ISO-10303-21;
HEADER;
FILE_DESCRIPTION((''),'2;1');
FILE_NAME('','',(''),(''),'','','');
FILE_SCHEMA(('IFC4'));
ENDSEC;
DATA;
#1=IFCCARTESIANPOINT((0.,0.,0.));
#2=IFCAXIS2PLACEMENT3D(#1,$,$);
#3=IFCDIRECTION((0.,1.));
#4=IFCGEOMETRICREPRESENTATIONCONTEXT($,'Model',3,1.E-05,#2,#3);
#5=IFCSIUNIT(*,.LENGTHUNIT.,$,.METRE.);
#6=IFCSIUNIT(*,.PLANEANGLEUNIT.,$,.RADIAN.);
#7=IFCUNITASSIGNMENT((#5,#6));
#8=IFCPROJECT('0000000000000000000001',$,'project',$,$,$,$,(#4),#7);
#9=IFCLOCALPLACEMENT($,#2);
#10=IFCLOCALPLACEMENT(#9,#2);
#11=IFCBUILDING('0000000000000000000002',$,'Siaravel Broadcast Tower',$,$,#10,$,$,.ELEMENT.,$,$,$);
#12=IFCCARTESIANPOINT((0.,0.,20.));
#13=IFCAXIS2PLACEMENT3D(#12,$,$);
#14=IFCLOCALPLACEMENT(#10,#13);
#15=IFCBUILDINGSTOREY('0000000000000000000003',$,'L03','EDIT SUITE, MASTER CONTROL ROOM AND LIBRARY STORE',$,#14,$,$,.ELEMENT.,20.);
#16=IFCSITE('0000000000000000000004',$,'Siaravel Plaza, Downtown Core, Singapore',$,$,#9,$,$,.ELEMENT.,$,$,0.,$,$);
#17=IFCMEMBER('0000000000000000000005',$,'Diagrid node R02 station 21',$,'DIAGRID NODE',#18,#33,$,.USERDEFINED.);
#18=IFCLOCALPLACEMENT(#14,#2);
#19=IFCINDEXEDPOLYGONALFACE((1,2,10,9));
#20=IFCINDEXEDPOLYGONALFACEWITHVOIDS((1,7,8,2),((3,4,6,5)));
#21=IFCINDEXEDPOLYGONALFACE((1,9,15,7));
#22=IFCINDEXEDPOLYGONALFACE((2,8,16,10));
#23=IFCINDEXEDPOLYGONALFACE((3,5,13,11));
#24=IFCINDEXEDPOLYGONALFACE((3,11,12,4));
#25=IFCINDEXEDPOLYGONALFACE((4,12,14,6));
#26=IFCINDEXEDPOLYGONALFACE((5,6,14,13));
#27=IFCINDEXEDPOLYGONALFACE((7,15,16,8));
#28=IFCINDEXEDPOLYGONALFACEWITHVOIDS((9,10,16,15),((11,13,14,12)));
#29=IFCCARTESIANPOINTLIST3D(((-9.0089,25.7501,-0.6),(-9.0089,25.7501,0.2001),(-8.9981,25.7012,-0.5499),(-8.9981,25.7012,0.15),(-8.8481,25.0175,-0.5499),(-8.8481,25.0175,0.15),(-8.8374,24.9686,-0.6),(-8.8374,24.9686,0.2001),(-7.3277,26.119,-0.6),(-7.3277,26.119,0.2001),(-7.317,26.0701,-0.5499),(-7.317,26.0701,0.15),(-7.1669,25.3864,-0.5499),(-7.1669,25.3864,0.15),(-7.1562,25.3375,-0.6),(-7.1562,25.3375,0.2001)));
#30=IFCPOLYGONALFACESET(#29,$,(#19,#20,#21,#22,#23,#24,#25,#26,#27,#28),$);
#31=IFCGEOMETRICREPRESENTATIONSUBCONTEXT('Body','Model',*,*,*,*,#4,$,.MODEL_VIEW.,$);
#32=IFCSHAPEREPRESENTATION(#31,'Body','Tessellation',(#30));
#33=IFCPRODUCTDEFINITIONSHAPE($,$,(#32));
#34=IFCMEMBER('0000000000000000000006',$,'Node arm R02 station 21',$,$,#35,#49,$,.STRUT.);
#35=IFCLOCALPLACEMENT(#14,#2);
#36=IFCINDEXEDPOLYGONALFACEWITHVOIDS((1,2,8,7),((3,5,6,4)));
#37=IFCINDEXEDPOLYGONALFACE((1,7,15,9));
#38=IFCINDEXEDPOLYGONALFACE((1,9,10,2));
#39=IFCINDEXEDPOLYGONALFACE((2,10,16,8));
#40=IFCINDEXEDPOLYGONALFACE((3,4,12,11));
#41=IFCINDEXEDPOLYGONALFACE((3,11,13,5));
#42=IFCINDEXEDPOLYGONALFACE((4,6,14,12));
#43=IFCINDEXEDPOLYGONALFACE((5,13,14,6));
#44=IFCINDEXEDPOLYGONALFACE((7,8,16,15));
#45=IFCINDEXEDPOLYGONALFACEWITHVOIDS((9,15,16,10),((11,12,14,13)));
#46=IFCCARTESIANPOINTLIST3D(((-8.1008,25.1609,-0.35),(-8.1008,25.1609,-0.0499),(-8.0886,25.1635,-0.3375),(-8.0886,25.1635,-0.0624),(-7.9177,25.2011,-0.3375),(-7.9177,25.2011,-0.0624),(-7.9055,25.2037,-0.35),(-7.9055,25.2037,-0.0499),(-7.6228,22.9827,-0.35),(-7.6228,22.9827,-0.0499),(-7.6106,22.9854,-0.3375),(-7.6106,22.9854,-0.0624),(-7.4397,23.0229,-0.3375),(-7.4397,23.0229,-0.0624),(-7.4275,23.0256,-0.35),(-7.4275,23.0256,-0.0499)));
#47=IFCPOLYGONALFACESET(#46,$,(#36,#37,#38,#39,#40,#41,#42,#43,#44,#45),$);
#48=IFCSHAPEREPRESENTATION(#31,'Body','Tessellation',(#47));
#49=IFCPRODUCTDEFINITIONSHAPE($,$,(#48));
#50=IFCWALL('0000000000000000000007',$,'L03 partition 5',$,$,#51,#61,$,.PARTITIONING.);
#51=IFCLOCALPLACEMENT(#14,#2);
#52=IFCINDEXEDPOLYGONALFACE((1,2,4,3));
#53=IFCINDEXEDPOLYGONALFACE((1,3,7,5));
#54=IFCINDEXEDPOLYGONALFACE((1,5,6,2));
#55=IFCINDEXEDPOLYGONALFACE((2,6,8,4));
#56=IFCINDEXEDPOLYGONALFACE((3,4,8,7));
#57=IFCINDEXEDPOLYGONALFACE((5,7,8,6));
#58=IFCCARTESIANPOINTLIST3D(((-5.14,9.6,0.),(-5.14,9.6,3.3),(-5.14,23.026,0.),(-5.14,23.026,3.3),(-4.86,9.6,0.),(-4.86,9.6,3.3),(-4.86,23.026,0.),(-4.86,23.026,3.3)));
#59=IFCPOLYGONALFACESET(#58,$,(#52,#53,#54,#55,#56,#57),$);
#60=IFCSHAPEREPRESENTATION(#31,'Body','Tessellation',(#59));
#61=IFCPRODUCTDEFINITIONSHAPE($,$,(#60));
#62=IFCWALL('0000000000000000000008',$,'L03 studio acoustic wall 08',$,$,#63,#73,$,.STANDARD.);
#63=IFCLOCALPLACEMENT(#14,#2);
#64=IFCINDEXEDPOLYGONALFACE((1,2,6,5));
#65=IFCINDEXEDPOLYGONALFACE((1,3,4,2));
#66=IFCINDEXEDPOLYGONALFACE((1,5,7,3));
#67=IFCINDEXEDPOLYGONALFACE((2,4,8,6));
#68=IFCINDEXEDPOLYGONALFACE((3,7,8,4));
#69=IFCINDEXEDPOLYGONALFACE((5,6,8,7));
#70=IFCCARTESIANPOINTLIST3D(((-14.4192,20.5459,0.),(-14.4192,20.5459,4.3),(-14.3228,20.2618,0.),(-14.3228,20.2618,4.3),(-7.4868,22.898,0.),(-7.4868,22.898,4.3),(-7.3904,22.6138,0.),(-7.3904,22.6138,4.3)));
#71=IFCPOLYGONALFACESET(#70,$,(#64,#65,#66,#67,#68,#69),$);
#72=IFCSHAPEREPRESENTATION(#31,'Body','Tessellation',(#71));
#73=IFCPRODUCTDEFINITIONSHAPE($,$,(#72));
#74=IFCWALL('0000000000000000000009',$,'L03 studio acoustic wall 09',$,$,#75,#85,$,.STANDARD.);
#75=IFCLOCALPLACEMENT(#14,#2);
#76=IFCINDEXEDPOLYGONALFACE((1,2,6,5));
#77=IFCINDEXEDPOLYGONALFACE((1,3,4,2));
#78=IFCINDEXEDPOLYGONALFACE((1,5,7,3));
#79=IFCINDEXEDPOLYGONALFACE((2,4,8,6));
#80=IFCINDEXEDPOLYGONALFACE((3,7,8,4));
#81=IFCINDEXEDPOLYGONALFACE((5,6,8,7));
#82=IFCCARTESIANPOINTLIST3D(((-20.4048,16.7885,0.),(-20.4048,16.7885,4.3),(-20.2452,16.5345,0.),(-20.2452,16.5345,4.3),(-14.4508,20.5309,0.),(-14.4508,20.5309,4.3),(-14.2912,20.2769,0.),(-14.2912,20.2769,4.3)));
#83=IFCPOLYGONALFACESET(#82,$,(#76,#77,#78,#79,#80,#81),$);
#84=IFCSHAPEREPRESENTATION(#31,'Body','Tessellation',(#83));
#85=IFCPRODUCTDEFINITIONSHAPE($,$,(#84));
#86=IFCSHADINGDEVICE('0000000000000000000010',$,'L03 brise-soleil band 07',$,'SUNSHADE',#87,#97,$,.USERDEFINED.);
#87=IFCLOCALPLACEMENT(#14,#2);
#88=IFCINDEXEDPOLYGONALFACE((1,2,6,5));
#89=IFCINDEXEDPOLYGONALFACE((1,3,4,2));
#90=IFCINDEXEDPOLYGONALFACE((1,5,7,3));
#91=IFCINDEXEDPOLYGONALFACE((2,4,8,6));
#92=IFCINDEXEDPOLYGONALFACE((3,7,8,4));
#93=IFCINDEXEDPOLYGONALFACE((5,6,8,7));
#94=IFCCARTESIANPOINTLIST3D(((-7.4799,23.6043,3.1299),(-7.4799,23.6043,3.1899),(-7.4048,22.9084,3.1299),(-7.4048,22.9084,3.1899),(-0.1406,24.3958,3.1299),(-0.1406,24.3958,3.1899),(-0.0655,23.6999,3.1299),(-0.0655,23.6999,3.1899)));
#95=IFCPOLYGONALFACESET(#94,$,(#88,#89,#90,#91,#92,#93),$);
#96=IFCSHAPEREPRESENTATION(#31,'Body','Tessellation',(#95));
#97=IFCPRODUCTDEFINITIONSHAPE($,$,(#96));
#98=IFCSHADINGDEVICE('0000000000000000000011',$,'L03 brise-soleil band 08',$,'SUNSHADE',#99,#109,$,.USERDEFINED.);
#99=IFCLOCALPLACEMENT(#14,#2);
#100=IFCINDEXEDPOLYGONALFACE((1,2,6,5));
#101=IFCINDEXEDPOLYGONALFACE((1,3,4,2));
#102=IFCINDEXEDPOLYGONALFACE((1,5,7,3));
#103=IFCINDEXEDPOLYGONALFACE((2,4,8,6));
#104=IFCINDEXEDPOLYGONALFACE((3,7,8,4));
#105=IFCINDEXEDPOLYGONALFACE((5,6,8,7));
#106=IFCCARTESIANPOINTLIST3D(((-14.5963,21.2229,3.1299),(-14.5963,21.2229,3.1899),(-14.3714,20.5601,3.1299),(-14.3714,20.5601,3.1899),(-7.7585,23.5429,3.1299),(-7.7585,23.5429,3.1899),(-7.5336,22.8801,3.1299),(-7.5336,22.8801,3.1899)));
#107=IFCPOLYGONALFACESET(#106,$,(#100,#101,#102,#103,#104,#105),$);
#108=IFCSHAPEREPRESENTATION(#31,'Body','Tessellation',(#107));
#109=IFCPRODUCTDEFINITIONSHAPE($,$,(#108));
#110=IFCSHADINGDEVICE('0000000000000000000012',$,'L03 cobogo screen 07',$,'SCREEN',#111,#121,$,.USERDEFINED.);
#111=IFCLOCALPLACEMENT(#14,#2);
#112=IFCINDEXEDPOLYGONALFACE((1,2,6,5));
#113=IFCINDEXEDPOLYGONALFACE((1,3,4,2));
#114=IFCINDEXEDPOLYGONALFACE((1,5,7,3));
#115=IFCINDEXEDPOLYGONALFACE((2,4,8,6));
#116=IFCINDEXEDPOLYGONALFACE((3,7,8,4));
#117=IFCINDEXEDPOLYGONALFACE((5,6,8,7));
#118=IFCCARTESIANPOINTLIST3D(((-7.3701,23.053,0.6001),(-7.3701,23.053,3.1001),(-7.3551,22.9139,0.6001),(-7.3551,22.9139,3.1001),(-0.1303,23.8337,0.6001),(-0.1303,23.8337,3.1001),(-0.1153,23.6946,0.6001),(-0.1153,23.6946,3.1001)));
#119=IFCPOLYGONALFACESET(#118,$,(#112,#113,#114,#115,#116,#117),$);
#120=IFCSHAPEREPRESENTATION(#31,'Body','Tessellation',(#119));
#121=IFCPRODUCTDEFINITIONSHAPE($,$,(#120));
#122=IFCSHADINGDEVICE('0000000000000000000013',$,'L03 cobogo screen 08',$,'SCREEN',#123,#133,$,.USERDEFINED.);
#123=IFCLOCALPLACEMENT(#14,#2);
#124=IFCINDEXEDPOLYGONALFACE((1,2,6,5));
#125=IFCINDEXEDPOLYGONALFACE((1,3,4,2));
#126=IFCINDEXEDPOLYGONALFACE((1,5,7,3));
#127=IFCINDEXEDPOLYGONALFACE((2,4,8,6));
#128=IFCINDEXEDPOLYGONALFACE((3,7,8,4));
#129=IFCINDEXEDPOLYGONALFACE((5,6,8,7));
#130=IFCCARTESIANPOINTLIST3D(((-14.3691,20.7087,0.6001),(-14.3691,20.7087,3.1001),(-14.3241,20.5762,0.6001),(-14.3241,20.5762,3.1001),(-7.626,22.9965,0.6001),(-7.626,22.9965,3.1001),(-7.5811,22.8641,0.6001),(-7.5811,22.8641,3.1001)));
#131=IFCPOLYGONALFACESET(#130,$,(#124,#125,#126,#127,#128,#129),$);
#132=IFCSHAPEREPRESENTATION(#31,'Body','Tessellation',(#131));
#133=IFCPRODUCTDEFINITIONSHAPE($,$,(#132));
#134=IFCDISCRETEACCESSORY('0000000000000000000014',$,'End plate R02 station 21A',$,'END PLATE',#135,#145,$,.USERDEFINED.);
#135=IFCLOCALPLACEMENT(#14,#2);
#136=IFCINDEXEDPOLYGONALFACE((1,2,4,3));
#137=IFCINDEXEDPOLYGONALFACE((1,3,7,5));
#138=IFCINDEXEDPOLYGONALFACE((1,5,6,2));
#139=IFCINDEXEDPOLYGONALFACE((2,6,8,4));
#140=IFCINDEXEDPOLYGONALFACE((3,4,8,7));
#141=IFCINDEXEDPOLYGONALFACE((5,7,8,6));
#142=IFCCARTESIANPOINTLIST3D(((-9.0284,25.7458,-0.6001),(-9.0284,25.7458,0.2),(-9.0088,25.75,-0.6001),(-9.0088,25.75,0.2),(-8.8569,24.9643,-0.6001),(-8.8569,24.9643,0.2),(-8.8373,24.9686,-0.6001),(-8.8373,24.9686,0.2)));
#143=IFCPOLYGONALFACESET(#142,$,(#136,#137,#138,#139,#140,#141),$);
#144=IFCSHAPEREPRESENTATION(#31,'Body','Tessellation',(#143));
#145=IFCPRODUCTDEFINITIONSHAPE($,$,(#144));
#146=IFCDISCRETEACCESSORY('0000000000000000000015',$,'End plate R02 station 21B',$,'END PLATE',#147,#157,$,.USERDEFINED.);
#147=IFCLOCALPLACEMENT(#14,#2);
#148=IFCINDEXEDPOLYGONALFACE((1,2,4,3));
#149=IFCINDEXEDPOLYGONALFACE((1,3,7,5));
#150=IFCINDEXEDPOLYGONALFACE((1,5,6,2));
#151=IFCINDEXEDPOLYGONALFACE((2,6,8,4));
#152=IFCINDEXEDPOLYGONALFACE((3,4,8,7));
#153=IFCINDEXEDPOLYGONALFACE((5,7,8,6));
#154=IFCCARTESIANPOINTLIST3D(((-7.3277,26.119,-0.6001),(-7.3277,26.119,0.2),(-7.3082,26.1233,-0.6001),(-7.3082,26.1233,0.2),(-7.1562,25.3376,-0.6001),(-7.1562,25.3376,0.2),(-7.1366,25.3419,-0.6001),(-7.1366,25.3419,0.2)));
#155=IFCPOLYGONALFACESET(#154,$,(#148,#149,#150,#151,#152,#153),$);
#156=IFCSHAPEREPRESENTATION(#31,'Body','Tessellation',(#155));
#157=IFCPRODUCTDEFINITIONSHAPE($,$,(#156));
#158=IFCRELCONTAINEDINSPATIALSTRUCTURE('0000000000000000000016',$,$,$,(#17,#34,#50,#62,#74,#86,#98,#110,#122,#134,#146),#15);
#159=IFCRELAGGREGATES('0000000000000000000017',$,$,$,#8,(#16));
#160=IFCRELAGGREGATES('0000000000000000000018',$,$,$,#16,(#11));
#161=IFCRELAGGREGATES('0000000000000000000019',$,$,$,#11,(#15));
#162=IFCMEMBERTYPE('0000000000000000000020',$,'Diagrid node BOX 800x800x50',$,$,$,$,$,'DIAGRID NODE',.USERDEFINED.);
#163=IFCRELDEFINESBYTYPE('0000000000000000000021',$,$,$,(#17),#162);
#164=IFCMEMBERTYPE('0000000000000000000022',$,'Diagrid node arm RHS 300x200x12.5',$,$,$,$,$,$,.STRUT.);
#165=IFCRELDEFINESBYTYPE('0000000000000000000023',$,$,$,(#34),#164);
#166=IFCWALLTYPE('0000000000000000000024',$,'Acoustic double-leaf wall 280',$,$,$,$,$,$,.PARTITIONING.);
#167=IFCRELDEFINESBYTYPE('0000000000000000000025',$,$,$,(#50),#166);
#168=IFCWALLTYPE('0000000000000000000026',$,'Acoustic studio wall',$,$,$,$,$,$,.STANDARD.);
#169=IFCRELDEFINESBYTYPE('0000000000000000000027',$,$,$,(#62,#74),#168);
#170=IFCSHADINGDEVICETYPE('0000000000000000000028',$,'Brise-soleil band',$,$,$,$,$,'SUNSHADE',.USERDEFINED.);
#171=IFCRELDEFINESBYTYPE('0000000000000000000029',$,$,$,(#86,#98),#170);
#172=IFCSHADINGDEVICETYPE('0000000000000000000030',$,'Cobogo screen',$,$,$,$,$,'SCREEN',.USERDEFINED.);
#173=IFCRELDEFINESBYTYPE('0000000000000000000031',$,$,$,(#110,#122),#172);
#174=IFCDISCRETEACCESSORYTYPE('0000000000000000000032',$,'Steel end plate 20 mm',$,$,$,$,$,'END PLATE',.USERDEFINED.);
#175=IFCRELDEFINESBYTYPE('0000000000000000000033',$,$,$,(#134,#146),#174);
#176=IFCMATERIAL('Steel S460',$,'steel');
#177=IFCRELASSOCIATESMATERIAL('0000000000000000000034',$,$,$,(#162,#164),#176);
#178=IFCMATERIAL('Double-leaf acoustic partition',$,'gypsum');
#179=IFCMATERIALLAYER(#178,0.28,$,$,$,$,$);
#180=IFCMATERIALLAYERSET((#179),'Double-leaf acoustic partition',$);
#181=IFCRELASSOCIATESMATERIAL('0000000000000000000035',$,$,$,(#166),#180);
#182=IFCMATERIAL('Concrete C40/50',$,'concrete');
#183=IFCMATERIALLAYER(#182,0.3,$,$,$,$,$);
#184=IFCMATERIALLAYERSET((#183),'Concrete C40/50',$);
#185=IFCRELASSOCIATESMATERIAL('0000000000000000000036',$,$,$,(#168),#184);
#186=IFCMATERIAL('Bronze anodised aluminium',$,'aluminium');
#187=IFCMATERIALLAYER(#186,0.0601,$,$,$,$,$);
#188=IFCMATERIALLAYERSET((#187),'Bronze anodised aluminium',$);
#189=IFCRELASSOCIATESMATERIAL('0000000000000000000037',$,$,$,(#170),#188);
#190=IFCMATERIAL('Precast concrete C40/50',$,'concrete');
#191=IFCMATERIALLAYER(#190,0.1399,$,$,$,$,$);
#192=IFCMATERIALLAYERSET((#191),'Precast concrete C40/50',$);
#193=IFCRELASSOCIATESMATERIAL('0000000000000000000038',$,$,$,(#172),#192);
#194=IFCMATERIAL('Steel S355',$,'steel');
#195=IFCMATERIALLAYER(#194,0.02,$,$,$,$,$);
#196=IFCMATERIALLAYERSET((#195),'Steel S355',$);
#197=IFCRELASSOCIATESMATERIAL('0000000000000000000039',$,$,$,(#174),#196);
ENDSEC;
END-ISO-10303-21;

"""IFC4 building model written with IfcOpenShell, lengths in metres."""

from ifc_helpers import new_model, si_unit, direction, frame, frame_2d, origin, origin_2d, place, context, subcontext, project, spatial, rectangle, hollow_rectangle, extrude, material, layer, layer_set, material_profile, profile_set, type_object, element, save


model = new_model("IFC4")

# Units and contexts
model_context = context("Model", 3, precision=1e-05, world=origin(), true_north=direction((0.0, 1.0)))
body_context = subcontext(model_context, "Body", "Model", "MODEL_VIEW")
ifc_project = project(units=[si_unit("LENGTHUNIT", "METRE"), si_unit("PLANEANGLEUNIT", "RADIAN")], contexts=[model_context])

# Site, building, storey
site_placement = place(None, origin())
site = spatial("IfcSite", under=ifc_project, at=site_placement, Name="Siaravel Plaza, Downtown Core, Singapore", CompositionType="ELEMENT", RefElevation=0.0)
building_placement = place(site_placement, origin())
building = spatial("IfcBuilding", under=site, at=building_placement, Name="Siaravel Broadcast Tower", CompositionType="ELEMENT")
storey_placement = place(building_placement, frame((0.0, 0.0, 20.0)))
storey = spatial("IfcBuildingStorey", under=building, at=storey_placement, Name="L03", Description="EDIT SUITE, MASTER CONTROL ROOM AND LIBRARY STORE", CompositionType="ELEMENT", Elevation=20.0)

# Shared definitions
ifc_material_1 = material(Name="Steel S355", Category="steel")

# Members
ifc_material_2 = material(Name="Steel S460", Category="steel")
ifc_material_profile_1 = material_profile(ifc_material_2, hollow_rectangle(XDim=0.8, YDim=0.8, WallThickness=0.05, at=origin_2d()))
ifc_profile_set_1 = profile_set([ifc_material_profile_1], Name="Steel S460")
member_type_1 = type_object("IfcMemberType", Name="Diagrid node BOX 800x800x50", ElementType="DIAGRID NODE", PredefinedType="USERDEFINED", material=ifc_profile_set_1)
member_1_placement = place(storey_placement, frame((-7.2419, 25.7283, -0.2), z_axis=(-0.976761, -0.214331, 0.0), x_axis=(0.214331, -0.976761, 0.0)))
element("IfcMember", 1, at=member_1_placement, inside=storey, type_object=member_type_1, Name="Diagrid node R02 station 21", ObjectType="DIAGRID NODE", PredefinedType="USERDEFINED", context=body_context, shape_type="SweptSolid", body=[
    extrude(hollow_rectangle(XDim=0.8, YDim=0.8, WallThickness=0.05, at=origin_2d()), origin(), (0.0, 0.0, 1.0), 1.7212),
])
ifc_material_profile_2 = material_profile(ifc_material_2, hollow_rectangle(XDim=0.2, YDim=0.3, WallThickness=0.0125, at=origin_2d()))
ifc_profile_set_2 = profile_set([ifc_material_profile_2], Name="Steel S460")
member_type_2 = type_object("IfcMemberType", Name="Diagrid node arm RHS 300x200x12.5", PredefinedType="STRUT", material=ifc_profile_set_2)
member_2_placement = place(storey_placement, frame((-7.5251, 23.0042, -0.2), z_axis=(-0.214356, 0.976756, 0.0), x_axis=(-0.976756, -0.214356, 0.0)))
element("IfcMember", 2, at=member_2_placement, inside=storey, type_object=member_type_2, Name="Node arm R02 station 21", PredefinedType="STRUT", context=body_context, shape_type="SweptSolid", body=[
    extrude(hollow_rectangle(XDim=0.2, YDim=0.3, WallThickness=0.0125, at=origin_2d()), origin(), (0.0, 0.0, 1.0), 2.23),
])

# Walls
ifc_material_3 = material(Name="Double-leaf acoustic partition", Category="gypsum")
ifc_layer_1 = layer(ifc_material_3, 0.28)
ifc_layer_set_1 = layer_set([ifc_layer_1], Name="Double-leaf acoustic partition")
wall_type_1 = type_object("IfcWallType", Name="Acoustic double-leaf wall 280", PredefinedType="PARTITIONING", material=ifc_layer_set_1)
wall_1_placement = place(storey_placement, frame((-5.0, 9.6001, 0.0), z_axis=(0.0, 0.0, 1.0), x_axis=(0.0, 1.0, 0.0)))
element("IfcWall", 3, at=wall_1_placement, inside=storey, type_object=wall_type_1, Name="L03 partition 5", PredefinedType="PARTITIONING", context=body_context, shape_type="SweptSolid", body=[
    extrude(rectangle(XDim=13.426, YDim=0.28, at=frame_2d((6.7129, 0.0))), origin(), (0.0, 0.0, 1.0), 3.3),
])
ifc_material_4 = material(Name="Concrete C40/50", Category="concrete")
ifc_layer_2 = layer(ifc_material_4, 0.3)
ifc_layer_set_2 = layer_set([ifc_layer_2], Name="Concrete C40/50")
wall_type_2 = type_object("IfcWallType", Name="Acoustic studio wall", PredefinedType="STANDARD", material=ifc_layer_set_2)
wall_2_placement = place(storey_placement, frame((-7.4387, 22.7559, 0.0), z_axis=(0.0, 0.0, 1.0), x_axis=(-0.946979, -0.321296, 0.0)))
element("IfcWall", 4, at=wall_2_placement, inside=storey, type_object=wall_type_2, Name="L03 studio acoustic wall 08", PredefinedType="STANDARD", context=body_context, shape_type="SweptSolid", body=[
    extrude(rectangle(XDim=7.3206, YDim=0.3, at=frame_2d((3.6602, 0.0))), origin(), (0.0, 0.0, 1.0), 4.3),
])
wall_3_placement = place(storey_placement, frame((-14.3711, 20.4038, 0.0), z_axis=(0.0, 0.0, 1.0), x_axis=(-0.846646, -0.532157, 0.0)))
element("IfcWall", 5, at=wall_3_placement, inside=storey, type_object=wall_type_2, Name="L03 studio acoustic wall 09", PredefinedType="STANDARD", context=body_context, shape_type="SweptSolid", body=[
    extrude(rectangle(XDim=7.0325, YDim=0.3, at=frame_2d((3.5161, 0.0))), origin(), (0.0, 0.0, 1.0), 4.3),
])

# Shading devices
ifc_material_5 = material(Name="Bronze anodised aluminium", Category="aluminium")
ifc_layer_3 = layer(ifc_material_5, 0.0601)
ifc_layer_set_3 = layer_set([ifc_layer_3], Name="Bronze anodised aluminium")
shading_device_type_1 = type_object("IfcShadingDeviceType", Name="Brise-soleil band", ElementType="SUNSHADE", PredefinedType="USERDEFINED", material=ifc_layer_set_3)
shading_device_1_placement = place(storey_placement, frame((-3.7727, 23.6521, 3.1299), z_axis=(0.0, 0.0, 1.0), x_axis=(-0.994236, -0.107217, 0.0)))
element("IfcShadingDevice", 6, at=shading_device_1_placement, inside=storey, type_object=shading_device_type_1, Name="L03 brise-soleil band 07", ObjectType="SUNSHADE", PredefinedType="USERDEFINED", context=body_context, shape_type="SweptSolid", body=[
    extrude(rectangle(XDim=7.3818, YDim=0.7, at=origin_2d()), origin(), (0.0, 0.0, 1.0), 0.0601),
])
shading_device_2_placement = place(storey_placement, frame((-11.0649, 22.0515, 3.1299), z_axis=(0.0, 0.0, 1.0), x_axis=(-0.946977, -0.321301, 0.0)))
element("IfcShadingDevice", 7, at=shading_device_2_placement, inside=storey, type_object=shading_device_type_1, Name="L03 brise-soleil band 08", ObjectType="SUNSHADE", PredefinedType="USERDEFINED", context=body_context, shape_type="SweptSolid", body=[
    extrude(rectangle(XDim=7.2207, YDim=0.7, at=origin_2d()), origin(), (0.0, 0.0, 1.0), 0.0601),
])
ifc_material_6 = material(Name="Precast concrete C40/50", Category="concrete")
ifc_layer_4 = layer(ifc_material_6, 0.1399)
ifc_layer_set_4 = layer_set([ifc_layer_4], Name="Precast concrete C40/50")
shading_device_type_2 = type_object("IfcShadingDeviceType", Name="Cobogo screen", ElementType="SCREEN", PredefinedType="USERDEFINED", material=ifc_layer_set_4)
shading_device_3_placement = place(storey_placement, frame((-3.7427, 23.3738, 0.6001), z_axis=(0.0, 0.0, 1.0), x_axis=(-0.994236, -0.107217, 0.0)))
element("IfcShadingDevice", 8, at=shading_device_3_placement, inside=storey, type_object=shading_device_type_2, Name="L03 cobogo screen 07", ObjectType="SCREEN", PredefinedType="USERDEFINED", context=body_context, shape_type="SweptSolid", body=[
    extrude(rectangle(XDim=7.2817, YDim=0.1399, at=origin_2d()), origin(), (0.0, 0.0, 1.0), 2.5),
])
shading_device_4_placement = place(storey_placement, frame((-10.9751, 21.7864, 0.6001), z_axis=(0.0, 0.0, 1.0), x_axis=(-0.946977, -0.321301, 0.0)))
element("IfcShadingDevice", 9, at=shading_device_4_placement, inside=storey, type_object=shading_device_type_2, Name="L03 cobogo screen 08", ObjectType="SCREEN", PredefinedType="USERDEFINED", context=body_context, shape_type="SweptSolid", body=[
    extrude(rectangle(XDim=7.1206, YDim=0.1399, at=origin_2d()), origin(), (0.0, 0.0, 1.0), 2.5),
])

# Discrete accessories
ifc_layer_5 = layer(ifc_material_1, 0.02)
ifc_layer_set_5 = layer_set([ifc_layer_5], Name="Steel S355")
discrete_accessory_type = type_object("IfcDiscreteAccessoryType", Name="Steel end plate 20 mm", ElementType="END PLATE", PredefinedType="USERDEFINED", material=ifc_layer_set_5)
for number, where, z_axis, x_axis, name in (
    (10, (-8.9329, 25.3572, -0.6001), (0.0, 0.0, 1.0), (-0.976751, -0.214377, 0.0), "End plate R02 station 21A"),
    (11, (-7.2322, 25.7305, -0.6001), (0.0, 0.0, 1.0), (-0.976751, -0.214377, 0.0), "End plate R02 station 21B"),
):
    element("IfcDiscreteAccessory", number, at=place(storey_placement, frame(where, z_axis=z_axis, x_axis=x_axis)), inside=storey, type_object=discrete_accessory_type, Name=name, ObjectType="END PLATE", PredefinedType="USERDEFINED", context=body_context, shape_type="SweptSolid", body=[
        extrude(rectangle(XDim=0.02, YDim=0.8, at=origin_2d()), origin(), (0.0, 0.0, 1.0), 0.8),
    ])

save(model, "model.ifc")
